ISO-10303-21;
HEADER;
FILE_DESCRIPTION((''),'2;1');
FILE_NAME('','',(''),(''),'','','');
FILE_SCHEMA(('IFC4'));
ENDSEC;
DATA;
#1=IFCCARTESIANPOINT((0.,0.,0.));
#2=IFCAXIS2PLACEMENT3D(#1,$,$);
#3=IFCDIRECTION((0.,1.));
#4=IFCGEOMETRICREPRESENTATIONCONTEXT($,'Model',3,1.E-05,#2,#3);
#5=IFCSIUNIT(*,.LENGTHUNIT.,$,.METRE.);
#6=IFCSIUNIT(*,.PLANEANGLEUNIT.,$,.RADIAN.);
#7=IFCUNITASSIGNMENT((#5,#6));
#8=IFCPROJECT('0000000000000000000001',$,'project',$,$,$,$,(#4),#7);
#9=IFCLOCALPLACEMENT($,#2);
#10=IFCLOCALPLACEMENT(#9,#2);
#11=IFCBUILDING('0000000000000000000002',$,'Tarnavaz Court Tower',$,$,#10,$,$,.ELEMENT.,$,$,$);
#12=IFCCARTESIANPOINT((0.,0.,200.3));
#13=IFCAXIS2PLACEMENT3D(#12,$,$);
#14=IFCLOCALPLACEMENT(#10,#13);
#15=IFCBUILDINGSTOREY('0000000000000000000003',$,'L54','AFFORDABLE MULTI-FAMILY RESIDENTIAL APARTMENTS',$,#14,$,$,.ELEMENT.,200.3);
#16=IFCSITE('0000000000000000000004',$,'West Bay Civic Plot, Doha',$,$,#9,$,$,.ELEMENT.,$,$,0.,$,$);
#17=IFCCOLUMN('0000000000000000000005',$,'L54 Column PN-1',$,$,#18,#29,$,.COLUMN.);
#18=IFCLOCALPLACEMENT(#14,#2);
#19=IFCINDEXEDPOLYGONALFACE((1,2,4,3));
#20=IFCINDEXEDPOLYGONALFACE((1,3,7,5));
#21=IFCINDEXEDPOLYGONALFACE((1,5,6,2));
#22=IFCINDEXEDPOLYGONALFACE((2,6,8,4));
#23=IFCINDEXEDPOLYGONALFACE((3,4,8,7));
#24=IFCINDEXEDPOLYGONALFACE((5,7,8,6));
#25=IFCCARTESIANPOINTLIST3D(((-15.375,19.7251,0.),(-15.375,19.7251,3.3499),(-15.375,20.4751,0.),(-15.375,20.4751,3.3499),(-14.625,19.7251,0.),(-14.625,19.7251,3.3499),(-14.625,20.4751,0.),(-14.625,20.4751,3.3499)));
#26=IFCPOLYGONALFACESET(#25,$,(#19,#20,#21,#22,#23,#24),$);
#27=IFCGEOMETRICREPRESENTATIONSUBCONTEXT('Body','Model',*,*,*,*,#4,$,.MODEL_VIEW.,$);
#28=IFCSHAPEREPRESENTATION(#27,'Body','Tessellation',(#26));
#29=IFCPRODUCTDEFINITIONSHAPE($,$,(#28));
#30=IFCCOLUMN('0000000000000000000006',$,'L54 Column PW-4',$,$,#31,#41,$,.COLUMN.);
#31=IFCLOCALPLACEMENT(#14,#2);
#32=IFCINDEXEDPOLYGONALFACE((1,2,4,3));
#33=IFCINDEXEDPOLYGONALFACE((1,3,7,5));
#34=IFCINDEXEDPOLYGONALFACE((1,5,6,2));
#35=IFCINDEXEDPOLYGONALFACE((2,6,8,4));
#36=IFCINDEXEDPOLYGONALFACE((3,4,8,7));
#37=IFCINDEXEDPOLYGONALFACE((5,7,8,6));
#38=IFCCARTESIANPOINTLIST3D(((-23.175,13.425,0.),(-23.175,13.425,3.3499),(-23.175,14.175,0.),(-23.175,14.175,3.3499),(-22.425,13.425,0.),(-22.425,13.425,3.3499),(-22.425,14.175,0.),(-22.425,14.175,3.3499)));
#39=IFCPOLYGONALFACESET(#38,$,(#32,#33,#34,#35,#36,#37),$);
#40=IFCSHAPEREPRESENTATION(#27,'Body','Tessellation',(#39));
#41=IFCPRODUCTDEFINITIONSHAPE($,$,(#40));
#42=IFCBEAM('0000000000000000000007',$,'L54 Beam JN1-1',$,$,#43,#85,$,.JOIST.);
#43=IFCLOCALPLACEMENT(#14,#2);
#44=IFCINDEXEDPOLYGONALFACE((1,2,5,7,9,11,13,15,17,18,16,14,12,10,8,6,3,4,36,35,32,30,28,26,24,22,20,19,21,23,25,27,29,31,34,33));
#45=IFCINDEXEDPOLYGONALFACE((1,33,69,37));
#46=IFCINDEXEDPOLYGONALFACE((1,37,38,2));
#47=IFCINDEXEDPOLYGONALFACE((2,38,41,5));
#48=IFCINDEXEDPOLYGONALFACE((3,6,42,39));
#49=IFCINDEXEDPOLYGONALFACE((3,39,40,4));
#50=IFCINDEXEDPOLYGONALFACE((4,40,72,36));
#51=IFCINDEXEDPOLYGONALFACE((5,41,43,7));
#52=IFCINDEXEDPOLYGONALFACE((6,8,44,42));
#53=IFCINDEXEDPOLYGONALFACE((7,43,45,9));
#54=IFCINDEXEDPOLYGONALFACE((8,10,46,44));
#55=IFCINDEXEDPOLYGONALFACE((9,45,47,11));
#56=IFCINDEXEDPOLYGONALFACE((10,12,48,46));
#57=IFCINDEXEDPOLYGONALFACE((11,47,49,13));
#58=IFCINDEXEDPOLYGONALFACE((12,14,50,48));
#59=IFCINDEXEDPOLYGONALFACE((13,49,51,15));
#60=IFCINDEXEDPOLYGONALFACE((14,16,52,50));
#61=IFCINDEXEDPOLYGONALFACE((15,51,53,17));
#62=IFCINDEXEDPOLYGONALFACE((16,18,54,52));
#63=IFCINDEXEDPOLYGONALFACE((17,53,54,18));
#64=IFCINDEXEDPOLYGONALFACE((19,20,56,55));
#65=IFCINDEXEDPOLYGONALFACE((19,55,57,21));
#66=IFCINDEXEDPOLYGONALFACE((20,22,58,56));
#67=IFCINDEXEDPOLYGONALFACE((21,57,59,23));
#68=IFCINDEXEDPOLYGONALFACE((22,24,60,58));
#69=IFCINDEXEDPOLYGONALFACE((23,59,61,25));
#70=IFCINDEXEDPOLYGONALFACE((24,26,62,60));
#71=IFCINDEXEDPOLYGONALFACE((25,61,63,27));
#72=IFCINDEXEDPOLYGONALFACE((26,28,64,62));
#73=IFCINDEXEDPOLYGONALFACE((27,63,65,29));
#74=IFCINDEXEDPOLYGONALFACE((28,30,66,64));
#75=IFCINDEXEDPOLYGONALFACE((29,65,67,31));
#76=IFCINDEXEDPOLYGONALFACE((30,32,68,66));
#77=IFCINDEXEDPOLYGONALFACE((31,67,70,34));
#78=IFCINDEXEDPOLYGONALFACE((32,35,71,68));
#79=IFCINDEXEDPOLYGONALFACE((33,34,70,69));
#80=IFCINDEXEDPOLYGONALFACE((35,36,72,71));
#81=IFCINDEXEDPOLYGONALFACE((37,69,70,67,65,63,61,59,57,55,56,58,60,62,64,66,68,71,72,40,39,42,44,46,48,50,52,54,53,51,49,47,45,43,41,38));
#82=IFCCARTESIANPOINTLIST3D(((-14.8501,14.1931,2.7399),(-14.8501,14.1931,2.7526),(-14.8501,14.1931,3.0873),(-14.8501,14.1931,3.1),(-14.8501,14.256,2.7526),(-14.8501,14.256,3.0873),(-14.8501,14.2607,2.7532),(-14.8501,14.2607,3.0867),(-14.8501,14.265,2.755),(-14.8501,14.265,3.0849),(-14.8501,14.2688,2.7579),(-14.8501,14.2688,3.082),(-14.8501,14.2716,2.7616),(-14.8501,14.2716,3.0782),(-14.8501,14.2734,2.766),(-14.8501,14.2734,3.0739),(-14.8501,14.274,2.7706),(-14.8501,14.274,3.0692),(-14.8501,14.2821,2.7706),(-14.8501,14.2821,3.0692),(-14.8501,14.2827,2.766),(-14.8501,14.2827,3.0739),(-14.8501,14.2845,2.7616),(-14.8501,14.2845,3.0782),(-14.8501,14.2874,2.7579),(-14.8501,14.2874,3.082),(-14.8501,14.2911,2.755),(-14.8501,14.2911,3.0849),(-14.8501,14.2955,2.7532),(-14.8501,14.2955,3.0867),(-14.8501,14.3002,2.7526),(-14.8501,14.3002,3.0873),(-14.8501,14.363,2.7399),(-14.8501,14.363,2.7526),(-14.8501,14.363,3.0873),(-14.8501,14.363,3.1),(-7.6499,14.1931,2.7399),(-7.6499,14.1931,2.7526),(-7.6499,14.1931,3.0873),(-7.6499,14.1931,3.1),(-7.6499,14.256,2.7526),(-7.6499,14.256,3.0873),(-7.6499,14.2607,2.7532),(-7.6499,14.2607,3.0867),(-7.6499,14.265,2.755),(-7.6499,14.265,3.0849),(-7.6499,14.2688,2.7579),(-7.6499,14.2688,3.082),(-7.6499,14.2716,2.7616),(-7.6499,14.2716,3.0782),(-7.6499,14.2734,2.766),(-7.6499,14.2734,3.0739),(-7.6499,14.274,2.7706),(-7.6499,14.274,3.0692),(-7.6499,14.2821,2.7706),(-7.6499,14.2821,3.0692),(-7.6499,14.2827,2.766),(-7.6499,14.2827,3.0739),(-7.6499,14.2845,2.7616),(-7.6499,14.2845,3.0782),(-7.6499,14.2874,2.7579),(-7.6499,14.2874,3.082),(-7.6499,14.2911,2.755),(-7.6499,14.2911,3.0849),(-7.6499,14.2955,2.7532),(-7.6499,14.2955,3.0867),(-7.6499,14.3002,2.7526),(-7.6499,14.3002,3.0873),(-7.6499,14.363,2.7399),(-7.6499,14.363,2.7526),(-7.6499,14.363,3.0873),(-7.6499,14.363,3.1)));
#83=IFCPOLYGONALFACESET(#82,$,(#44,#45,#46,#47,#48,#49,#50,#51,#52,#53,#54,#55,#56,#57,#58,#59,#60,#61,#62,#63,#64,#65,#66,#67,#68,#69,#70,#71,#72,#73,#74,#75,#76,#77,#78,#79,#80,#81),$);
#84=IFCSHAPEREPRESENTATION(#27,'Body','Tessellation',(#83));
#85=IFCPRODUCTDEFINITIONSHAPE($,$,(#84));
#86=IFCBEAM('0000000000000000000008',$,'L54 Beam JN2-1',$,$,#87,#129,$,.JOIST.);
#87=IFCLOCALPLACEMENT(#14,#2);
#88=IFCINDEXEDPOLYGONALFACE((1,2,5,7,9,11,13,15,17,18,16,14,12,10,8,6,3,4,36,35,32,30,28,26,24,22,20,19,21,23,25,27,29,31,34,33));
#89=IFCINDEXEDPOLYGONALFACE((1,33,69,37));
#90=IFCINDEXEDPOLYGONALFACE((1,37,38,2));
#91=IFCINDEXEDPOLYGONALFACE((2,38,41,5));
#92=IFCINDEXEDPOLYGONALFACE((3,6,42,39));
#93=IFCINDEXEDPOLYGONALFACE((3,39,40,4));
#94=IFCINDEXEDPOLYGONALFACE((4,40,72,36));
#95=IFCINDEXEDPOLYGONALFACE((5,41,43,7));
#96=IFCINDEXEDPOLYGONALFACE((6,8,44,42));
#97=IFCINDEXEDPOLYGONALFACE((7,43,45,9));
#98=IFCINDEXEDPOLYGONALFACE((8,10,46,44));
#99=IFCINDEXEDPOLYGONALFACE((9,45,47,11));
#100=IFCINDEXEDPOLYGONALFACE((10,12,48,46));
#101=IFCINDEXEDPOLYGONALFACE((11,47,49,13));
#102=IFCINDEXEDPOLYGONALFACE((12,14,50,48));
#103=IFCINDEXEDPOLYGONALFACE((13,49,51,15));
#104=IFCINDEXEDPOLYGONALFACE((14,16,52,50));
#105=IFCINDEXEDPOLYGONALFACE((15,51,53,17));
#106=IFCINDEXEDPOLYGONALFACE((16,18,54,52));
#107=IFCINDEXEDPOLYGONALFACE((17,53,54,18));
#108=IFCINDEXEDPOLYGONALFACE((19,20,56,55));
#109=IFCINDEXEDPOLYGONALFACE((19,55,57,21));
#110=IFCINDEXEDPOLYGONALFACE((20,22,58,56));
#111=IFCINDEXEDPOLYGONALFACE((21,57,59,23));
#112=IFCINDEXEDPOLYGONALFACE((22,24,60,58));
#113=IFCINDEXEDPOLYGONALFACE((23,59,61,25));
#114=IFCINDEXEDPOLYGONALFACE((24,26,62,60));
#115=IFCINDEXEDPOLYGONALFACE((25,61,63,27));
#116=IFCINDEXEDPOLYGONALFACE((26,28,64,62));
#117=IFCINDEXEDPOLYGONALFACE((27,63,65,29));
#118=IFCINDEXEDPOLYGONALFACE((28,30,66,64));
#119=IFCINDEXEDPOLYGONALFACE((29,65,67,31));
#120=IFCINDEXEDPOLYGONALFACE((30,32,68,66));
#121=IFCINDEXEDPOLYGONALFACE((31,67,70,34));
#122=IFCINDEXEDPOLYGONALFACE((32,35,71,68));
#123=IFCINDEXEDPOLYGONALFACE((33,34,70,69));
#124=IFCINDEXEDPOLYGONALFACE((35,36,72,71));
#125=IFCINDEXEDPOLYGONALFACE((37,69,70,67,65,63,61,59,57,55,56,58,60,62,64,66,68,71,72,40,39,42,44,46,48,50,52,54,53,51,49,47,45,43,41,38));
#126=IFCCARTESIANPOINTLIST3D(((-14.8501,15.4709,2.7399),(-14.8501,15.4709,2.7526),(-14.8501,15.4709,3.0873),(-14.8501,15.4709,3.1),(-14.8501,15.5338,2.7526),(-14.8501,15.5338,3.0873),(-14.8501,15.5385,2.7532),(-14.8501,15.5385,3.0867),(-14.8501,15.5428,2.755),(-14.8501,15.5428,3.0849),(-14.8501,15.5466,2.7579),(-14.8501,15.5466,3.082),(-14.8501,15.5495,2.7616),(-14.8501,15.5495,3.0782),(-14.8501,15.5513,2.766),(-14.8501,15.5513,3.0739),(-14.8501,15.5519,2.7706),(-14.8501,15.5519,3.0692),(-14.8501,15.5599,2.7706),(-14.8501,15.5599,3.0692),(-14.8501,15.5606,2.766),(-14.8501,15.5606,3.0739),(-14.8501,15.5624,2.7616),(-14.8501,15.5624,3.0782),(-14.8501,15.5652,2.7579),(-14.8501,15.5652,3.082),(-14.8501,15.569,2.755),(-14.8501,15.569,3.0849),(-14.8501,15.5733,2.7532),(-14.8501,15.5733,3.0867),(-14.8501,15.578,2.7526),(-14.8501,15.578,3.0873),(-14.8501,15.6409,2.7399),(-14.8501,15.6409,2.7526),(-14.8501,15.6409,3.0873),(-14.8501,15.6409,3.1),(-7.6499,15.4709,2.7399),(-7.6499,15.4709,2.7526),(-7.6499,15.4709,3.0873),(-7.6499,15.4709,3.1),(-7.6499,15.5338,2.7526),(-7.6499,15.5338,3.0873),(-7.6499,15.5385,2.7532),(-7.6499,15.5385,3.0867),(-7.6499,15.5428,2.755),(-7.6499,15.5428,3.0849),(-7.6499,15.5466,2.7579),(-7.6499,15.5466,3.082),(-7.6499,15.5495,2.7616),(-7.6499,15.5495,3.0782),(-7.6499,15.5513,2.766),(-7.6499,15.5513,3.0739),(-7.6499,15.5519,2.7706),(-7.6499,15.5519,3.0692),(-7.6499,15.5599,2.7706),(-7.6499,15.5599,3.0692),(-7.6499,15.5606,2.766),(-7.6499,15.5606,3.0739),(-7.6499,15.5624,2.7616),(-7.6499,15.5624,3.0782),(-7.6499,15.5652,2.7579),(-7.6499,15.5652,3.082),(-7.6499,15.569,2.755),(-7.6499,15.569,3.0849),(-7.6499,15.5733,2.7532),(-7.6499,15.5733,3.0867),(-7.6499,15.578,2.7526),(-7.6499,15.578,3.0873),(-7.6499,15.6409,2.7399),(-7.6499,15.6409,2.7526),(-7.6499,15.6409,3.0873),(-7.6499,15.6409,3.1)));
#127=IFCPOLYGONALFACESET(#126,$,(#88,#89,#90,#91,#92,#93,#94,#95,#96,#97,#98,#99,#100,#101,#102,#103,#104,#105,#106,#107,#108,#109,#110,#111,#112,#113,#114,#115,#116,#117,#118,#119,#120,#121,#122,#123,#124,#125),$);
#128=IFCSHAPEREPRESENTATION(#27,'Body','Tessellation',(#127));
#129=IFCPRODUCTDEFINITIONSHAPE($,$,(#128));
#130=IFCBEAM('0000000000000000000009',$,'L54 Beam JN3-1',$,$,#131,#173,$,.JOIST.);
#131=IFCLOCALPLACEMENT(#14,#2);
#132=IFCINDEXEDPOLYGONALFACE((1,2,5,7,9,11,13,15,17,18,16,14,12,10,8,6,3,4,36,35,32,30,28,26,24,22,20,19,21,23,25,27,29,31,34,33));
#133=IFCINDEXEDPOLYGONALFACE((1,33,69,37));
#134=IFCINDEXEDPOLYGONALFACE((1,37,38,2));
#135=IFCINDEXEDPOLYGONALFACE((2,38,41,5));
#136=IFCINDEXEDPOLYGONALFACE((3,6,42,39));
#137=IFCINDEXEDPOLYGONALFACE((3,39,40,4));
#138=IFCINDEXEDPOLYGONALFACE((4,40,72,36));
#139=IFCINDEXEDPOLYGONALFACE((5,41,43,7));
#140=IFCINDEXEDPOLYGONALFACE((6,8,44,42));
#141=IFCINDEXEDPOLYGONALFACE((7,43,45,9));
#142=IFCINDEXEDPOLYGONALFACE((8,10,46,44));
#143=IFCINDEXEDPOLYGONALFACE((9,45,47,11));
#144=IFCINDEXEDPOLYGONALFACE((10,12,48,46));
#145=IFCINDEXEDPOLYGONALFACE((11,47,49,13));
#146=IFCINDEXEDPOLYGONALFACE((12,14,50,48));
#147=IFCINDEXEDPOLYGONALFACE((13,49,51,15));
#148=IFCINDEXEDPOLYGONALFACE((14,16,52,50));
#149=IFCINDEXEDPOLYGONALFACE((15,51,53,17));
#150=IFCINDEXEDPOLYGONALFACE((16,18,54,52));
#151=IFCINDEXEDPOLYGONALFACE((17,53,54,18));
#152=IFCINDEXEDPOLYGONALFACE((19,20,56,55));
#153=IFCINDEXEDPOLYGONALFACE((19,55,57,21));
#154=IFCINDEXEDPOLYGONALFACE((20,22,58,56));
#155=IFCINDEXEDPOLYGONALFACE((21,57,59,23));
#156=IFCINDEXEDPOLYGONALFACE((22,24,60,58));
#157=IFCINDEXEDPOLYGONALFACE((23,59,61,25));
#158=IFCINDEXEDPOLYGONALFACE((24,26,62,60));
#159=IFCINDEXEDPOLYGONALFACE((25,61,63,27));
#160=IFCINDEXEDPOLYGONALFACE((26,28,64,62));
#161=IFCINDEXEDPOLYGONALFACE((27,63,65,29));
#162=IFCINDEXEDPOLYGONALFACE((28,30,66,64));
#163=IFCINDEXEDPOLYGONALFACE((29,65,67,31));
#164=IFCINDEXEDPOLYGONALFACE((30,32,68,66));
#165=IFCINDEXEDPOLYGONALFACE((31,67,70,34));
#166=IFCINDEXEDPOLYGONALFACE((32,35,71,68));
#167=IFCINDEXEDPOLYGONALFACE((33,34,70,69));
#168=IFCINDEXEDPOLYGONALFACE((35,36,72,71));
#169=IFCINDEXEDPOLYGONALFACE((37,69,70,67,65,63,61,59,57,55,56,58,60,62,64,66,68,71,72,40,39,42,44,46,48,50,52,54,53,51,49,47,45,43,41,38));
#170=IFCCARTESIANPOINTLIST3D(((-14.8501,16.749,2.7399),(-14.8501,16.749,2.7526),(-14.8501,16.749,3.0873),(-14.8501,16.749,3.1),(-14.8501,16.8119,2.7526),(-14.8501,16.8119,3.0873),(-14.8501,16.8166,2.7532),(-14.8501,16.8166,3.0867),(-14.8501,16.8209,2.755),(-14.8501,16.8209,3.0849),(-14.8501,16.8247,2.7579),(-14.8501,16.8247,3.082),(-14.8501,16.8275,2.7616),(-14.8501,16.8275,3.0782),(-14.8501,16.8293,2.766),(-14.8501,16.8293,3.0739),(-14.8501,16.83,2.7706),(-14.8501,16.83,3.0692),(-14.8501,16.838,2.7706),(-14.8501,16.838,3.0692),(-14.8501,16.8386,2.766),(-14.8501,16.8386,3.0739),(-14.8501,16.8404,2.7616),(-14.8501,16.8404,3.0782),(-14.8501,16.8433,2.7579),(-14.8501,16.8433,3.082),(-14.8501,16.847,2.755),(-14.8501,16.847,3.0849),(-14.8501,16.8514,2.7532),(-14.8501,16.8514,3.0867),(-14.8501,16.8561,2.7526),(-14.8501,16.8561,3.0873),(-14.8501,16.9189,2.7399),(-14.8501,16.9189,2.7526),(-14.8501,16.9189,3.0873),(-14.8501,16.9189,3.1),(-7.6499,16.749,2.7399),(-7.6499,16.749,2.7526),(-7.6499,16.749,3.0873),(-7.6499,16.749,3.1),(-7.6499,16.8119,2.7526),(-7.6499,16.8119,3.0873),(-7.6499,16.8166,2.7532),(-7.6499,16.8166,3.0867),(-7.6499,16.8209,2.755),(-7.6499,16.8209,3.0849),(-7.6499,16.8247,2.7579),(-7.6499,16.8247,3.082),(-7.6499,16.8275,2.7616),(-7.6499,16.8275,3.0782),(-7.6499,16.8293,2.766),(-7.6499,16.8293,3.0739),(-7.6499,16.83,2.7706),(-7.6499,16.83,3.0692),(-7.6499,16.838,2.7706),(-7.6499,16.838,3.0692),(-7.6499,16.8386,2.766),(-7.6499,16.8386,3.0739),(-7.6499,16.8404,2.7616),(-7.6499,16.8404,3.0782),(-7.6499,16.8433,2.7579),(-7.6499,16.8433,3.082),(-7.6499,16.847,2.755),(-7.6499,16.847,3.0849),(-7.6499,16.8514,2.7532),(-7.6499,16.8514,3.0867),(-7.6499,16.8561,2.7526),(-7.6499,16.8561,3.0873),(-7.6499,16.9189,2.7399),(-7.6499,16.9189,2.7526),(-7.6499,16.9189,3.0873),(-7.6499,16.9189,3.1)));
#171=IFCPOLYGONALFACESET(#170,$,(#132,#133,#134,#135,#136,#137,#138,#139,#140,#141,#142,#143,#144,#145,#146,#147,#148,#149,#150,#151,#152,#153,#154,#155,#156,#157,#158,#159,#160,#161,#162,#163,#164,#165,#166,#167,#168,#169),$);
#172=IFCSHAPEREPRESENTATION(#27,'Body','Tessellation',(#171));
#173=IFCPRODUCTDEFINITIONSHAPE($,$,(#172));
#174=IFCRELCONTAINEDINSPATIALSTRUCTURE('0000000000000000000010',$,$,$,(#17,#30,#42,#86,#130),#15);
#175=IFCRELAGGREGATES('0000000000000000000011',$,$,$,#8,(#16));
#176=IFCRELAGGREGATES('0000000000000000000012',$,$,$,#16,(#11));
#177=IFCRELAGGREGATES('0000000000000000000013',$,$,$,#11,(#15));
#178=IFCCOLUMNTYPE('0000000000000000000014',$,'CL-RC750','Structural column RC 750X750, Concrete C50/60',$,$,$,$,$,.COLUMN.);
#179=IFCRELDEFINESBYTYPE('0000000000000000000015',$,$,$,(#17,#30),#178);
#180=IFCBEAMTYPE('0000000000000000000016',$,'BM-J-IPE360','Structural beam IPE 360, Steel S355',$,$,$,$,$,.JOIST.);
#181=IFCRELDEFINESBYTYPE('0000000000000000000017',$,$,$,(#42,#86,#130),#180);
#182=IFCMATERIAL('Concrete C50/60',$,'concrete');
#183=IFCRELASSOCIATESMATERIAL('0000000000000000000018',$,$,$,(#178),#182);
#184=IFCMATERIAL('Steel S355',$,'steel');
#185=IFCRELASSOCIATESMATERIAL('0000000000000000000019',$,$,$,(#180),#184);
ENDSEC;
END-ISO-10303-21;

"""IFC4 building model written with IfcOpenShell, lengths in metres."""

from ifc_helpers import new_model, si_unit, direction, frame, origin, origin_2d, place, context, subcontext, project, spatial, rectangle, i_section, extrude, material, material_profile, profile_set, type_object, element, save


model = new_model("IFC4")

# Units and contexts
model_context = context("Model", 3, precision=1e-05, world=origin(), true_north=direction((0.0, 1.0)))
body_context = subcontext(model_context, "Body", "Model", "MODEL_VIEW")
ifc_project = project(units=[si_unit("LENGTHUNIT", "METRE"), si_unit("PLANEANGLEUNIT", "RADIAN")], contexts=[model_context])

# Site, building, storey
site_placement = place(None, origin())
site = spatial("IfcSite", under=ifc_project, at=site_placement, Name="West Bay Civic Plot, Doha", CompositionType="ELEMENT", RefElevation=0.0)
building_placement = place(site_placement, origin())
building = spatial("IfcBuilding", under=site, at=building_placement, Name="Tarnavaz Court Tower", CompositionType="ELEMENT")
storey_placement = place(building_placement, frame((0.0, 0.0, 200.3)))
storey = spatial("IfcBuildingStorey", under=building, at=storey_placement, Name="L54", Description="AFFORDABLE MULTI-FAMILY RESIDENTIAL APARTMENTS", CompositionType="ELEMENT", Elevation=200.3)

# Columns
ifc_material_1 = material(Name="Concrete C50/60", Category="concrete")
ifc_material_profile_1 = material_profile(ifc_material_1, rectangle(XDim=0.75, YDim=0.75, at=origin_2d()), Name="RC 750X750")
ifc_profile_set_1 = profile_set([ifc_material_profile_1], Name="Concrete C50/60")
column_type = type_object("IfcColumnType", Name="CL-RC750", Description="Structural column RC 750X750, Concrete C50/60", PredefinedType="COLUMN", material=ifc_profile_set_1)
for number, where, z_axis, x_axis, name in (
    (1, (-15.0, 20.1001, 0.0), (0.0, 0.0, 1.0), (1.0, 0.0, 0.0), "L54 Column PN-1"),
    (2, (-22.8, 13.8, 0.0), (0.0, 0.0, 1.0), (1.0, 0.0, 0.0), "L54 Column PW-4"),
):
    element("IfcColumn", number, at=place(storey_placement, frame(where, z_axis=z_axis, x_axis=x_axis)), inside=storey, type_object=column_type, Name=name, PredefinedType="COLUMN", context=body_context, shape_type="SweptSolid", body=[
        extrude(rectangle(XDim=0.75, YDim=0.75, at=origin_2d()), origin(), (0.0, 0.0, 1.0), 3.3499),
    ])

# Beams
ifc_material_2 = material(Name="Steel S355", Category="steel")
ifc_material_profile_2 = material_profile(ifc_material_2, i_section(OverallWidth=0.1699, OverallDepth=0.3601, WebThickness=0.0081, FlangeThickness=0.0127, FilletRadius=0.0181, at=origin_2d()), Name="IPE 360")
ifc_profile_set_2 = profile_set([ifc_material_profile_2], Name="Steel S355")
beam_type_1 = type_object("IfcBeamType", Name="BM-J-IPE360", Description="Structural beam IPE 360, Steel S355", PredefinedType="JOIST", material=ifc_profile_set_2)
for number, where, z_axis, x_axis, name in (
    (3, (-14.8501, 14.2781, 2.9199), (1.0, 0.0, 0.0), (0.0, 1.0, 0.0), "L54 Beam JN1-1"),
    (4, (-14.8501, 15.5559, 2.9199), (1.0, 0.0, 0.0), (0.0, 1.0, 0.0), "L54 Beam JN2-1"),
    (5, (-14.8501, 16.834, 2.9199), (1.0, 0.0, 0.0), (0.0, 1.0, 0.0), "L54 Beam JN3-1"),
):
    element("IfcBeam", number, at=place(storey_placement, frame(where, z_axis=z_axis, x_axis=x_axis)), inside=storey, type_object=beam_type_1, Name=name, PredefinedType="JOIST", context=body_context, shape_type="SweptSolid", body=[
        extrude(i_section(OverallWidth=0.1699, OverallDepth=0.3601, WebThickness=0.0081, FlangeThickness=0.0127, FilletRadius=0.0181, at=origin_2d()), origin(), (0.0, 0.0, 1.0), 7.2002),
    ])

save(model, "model.ifc")
